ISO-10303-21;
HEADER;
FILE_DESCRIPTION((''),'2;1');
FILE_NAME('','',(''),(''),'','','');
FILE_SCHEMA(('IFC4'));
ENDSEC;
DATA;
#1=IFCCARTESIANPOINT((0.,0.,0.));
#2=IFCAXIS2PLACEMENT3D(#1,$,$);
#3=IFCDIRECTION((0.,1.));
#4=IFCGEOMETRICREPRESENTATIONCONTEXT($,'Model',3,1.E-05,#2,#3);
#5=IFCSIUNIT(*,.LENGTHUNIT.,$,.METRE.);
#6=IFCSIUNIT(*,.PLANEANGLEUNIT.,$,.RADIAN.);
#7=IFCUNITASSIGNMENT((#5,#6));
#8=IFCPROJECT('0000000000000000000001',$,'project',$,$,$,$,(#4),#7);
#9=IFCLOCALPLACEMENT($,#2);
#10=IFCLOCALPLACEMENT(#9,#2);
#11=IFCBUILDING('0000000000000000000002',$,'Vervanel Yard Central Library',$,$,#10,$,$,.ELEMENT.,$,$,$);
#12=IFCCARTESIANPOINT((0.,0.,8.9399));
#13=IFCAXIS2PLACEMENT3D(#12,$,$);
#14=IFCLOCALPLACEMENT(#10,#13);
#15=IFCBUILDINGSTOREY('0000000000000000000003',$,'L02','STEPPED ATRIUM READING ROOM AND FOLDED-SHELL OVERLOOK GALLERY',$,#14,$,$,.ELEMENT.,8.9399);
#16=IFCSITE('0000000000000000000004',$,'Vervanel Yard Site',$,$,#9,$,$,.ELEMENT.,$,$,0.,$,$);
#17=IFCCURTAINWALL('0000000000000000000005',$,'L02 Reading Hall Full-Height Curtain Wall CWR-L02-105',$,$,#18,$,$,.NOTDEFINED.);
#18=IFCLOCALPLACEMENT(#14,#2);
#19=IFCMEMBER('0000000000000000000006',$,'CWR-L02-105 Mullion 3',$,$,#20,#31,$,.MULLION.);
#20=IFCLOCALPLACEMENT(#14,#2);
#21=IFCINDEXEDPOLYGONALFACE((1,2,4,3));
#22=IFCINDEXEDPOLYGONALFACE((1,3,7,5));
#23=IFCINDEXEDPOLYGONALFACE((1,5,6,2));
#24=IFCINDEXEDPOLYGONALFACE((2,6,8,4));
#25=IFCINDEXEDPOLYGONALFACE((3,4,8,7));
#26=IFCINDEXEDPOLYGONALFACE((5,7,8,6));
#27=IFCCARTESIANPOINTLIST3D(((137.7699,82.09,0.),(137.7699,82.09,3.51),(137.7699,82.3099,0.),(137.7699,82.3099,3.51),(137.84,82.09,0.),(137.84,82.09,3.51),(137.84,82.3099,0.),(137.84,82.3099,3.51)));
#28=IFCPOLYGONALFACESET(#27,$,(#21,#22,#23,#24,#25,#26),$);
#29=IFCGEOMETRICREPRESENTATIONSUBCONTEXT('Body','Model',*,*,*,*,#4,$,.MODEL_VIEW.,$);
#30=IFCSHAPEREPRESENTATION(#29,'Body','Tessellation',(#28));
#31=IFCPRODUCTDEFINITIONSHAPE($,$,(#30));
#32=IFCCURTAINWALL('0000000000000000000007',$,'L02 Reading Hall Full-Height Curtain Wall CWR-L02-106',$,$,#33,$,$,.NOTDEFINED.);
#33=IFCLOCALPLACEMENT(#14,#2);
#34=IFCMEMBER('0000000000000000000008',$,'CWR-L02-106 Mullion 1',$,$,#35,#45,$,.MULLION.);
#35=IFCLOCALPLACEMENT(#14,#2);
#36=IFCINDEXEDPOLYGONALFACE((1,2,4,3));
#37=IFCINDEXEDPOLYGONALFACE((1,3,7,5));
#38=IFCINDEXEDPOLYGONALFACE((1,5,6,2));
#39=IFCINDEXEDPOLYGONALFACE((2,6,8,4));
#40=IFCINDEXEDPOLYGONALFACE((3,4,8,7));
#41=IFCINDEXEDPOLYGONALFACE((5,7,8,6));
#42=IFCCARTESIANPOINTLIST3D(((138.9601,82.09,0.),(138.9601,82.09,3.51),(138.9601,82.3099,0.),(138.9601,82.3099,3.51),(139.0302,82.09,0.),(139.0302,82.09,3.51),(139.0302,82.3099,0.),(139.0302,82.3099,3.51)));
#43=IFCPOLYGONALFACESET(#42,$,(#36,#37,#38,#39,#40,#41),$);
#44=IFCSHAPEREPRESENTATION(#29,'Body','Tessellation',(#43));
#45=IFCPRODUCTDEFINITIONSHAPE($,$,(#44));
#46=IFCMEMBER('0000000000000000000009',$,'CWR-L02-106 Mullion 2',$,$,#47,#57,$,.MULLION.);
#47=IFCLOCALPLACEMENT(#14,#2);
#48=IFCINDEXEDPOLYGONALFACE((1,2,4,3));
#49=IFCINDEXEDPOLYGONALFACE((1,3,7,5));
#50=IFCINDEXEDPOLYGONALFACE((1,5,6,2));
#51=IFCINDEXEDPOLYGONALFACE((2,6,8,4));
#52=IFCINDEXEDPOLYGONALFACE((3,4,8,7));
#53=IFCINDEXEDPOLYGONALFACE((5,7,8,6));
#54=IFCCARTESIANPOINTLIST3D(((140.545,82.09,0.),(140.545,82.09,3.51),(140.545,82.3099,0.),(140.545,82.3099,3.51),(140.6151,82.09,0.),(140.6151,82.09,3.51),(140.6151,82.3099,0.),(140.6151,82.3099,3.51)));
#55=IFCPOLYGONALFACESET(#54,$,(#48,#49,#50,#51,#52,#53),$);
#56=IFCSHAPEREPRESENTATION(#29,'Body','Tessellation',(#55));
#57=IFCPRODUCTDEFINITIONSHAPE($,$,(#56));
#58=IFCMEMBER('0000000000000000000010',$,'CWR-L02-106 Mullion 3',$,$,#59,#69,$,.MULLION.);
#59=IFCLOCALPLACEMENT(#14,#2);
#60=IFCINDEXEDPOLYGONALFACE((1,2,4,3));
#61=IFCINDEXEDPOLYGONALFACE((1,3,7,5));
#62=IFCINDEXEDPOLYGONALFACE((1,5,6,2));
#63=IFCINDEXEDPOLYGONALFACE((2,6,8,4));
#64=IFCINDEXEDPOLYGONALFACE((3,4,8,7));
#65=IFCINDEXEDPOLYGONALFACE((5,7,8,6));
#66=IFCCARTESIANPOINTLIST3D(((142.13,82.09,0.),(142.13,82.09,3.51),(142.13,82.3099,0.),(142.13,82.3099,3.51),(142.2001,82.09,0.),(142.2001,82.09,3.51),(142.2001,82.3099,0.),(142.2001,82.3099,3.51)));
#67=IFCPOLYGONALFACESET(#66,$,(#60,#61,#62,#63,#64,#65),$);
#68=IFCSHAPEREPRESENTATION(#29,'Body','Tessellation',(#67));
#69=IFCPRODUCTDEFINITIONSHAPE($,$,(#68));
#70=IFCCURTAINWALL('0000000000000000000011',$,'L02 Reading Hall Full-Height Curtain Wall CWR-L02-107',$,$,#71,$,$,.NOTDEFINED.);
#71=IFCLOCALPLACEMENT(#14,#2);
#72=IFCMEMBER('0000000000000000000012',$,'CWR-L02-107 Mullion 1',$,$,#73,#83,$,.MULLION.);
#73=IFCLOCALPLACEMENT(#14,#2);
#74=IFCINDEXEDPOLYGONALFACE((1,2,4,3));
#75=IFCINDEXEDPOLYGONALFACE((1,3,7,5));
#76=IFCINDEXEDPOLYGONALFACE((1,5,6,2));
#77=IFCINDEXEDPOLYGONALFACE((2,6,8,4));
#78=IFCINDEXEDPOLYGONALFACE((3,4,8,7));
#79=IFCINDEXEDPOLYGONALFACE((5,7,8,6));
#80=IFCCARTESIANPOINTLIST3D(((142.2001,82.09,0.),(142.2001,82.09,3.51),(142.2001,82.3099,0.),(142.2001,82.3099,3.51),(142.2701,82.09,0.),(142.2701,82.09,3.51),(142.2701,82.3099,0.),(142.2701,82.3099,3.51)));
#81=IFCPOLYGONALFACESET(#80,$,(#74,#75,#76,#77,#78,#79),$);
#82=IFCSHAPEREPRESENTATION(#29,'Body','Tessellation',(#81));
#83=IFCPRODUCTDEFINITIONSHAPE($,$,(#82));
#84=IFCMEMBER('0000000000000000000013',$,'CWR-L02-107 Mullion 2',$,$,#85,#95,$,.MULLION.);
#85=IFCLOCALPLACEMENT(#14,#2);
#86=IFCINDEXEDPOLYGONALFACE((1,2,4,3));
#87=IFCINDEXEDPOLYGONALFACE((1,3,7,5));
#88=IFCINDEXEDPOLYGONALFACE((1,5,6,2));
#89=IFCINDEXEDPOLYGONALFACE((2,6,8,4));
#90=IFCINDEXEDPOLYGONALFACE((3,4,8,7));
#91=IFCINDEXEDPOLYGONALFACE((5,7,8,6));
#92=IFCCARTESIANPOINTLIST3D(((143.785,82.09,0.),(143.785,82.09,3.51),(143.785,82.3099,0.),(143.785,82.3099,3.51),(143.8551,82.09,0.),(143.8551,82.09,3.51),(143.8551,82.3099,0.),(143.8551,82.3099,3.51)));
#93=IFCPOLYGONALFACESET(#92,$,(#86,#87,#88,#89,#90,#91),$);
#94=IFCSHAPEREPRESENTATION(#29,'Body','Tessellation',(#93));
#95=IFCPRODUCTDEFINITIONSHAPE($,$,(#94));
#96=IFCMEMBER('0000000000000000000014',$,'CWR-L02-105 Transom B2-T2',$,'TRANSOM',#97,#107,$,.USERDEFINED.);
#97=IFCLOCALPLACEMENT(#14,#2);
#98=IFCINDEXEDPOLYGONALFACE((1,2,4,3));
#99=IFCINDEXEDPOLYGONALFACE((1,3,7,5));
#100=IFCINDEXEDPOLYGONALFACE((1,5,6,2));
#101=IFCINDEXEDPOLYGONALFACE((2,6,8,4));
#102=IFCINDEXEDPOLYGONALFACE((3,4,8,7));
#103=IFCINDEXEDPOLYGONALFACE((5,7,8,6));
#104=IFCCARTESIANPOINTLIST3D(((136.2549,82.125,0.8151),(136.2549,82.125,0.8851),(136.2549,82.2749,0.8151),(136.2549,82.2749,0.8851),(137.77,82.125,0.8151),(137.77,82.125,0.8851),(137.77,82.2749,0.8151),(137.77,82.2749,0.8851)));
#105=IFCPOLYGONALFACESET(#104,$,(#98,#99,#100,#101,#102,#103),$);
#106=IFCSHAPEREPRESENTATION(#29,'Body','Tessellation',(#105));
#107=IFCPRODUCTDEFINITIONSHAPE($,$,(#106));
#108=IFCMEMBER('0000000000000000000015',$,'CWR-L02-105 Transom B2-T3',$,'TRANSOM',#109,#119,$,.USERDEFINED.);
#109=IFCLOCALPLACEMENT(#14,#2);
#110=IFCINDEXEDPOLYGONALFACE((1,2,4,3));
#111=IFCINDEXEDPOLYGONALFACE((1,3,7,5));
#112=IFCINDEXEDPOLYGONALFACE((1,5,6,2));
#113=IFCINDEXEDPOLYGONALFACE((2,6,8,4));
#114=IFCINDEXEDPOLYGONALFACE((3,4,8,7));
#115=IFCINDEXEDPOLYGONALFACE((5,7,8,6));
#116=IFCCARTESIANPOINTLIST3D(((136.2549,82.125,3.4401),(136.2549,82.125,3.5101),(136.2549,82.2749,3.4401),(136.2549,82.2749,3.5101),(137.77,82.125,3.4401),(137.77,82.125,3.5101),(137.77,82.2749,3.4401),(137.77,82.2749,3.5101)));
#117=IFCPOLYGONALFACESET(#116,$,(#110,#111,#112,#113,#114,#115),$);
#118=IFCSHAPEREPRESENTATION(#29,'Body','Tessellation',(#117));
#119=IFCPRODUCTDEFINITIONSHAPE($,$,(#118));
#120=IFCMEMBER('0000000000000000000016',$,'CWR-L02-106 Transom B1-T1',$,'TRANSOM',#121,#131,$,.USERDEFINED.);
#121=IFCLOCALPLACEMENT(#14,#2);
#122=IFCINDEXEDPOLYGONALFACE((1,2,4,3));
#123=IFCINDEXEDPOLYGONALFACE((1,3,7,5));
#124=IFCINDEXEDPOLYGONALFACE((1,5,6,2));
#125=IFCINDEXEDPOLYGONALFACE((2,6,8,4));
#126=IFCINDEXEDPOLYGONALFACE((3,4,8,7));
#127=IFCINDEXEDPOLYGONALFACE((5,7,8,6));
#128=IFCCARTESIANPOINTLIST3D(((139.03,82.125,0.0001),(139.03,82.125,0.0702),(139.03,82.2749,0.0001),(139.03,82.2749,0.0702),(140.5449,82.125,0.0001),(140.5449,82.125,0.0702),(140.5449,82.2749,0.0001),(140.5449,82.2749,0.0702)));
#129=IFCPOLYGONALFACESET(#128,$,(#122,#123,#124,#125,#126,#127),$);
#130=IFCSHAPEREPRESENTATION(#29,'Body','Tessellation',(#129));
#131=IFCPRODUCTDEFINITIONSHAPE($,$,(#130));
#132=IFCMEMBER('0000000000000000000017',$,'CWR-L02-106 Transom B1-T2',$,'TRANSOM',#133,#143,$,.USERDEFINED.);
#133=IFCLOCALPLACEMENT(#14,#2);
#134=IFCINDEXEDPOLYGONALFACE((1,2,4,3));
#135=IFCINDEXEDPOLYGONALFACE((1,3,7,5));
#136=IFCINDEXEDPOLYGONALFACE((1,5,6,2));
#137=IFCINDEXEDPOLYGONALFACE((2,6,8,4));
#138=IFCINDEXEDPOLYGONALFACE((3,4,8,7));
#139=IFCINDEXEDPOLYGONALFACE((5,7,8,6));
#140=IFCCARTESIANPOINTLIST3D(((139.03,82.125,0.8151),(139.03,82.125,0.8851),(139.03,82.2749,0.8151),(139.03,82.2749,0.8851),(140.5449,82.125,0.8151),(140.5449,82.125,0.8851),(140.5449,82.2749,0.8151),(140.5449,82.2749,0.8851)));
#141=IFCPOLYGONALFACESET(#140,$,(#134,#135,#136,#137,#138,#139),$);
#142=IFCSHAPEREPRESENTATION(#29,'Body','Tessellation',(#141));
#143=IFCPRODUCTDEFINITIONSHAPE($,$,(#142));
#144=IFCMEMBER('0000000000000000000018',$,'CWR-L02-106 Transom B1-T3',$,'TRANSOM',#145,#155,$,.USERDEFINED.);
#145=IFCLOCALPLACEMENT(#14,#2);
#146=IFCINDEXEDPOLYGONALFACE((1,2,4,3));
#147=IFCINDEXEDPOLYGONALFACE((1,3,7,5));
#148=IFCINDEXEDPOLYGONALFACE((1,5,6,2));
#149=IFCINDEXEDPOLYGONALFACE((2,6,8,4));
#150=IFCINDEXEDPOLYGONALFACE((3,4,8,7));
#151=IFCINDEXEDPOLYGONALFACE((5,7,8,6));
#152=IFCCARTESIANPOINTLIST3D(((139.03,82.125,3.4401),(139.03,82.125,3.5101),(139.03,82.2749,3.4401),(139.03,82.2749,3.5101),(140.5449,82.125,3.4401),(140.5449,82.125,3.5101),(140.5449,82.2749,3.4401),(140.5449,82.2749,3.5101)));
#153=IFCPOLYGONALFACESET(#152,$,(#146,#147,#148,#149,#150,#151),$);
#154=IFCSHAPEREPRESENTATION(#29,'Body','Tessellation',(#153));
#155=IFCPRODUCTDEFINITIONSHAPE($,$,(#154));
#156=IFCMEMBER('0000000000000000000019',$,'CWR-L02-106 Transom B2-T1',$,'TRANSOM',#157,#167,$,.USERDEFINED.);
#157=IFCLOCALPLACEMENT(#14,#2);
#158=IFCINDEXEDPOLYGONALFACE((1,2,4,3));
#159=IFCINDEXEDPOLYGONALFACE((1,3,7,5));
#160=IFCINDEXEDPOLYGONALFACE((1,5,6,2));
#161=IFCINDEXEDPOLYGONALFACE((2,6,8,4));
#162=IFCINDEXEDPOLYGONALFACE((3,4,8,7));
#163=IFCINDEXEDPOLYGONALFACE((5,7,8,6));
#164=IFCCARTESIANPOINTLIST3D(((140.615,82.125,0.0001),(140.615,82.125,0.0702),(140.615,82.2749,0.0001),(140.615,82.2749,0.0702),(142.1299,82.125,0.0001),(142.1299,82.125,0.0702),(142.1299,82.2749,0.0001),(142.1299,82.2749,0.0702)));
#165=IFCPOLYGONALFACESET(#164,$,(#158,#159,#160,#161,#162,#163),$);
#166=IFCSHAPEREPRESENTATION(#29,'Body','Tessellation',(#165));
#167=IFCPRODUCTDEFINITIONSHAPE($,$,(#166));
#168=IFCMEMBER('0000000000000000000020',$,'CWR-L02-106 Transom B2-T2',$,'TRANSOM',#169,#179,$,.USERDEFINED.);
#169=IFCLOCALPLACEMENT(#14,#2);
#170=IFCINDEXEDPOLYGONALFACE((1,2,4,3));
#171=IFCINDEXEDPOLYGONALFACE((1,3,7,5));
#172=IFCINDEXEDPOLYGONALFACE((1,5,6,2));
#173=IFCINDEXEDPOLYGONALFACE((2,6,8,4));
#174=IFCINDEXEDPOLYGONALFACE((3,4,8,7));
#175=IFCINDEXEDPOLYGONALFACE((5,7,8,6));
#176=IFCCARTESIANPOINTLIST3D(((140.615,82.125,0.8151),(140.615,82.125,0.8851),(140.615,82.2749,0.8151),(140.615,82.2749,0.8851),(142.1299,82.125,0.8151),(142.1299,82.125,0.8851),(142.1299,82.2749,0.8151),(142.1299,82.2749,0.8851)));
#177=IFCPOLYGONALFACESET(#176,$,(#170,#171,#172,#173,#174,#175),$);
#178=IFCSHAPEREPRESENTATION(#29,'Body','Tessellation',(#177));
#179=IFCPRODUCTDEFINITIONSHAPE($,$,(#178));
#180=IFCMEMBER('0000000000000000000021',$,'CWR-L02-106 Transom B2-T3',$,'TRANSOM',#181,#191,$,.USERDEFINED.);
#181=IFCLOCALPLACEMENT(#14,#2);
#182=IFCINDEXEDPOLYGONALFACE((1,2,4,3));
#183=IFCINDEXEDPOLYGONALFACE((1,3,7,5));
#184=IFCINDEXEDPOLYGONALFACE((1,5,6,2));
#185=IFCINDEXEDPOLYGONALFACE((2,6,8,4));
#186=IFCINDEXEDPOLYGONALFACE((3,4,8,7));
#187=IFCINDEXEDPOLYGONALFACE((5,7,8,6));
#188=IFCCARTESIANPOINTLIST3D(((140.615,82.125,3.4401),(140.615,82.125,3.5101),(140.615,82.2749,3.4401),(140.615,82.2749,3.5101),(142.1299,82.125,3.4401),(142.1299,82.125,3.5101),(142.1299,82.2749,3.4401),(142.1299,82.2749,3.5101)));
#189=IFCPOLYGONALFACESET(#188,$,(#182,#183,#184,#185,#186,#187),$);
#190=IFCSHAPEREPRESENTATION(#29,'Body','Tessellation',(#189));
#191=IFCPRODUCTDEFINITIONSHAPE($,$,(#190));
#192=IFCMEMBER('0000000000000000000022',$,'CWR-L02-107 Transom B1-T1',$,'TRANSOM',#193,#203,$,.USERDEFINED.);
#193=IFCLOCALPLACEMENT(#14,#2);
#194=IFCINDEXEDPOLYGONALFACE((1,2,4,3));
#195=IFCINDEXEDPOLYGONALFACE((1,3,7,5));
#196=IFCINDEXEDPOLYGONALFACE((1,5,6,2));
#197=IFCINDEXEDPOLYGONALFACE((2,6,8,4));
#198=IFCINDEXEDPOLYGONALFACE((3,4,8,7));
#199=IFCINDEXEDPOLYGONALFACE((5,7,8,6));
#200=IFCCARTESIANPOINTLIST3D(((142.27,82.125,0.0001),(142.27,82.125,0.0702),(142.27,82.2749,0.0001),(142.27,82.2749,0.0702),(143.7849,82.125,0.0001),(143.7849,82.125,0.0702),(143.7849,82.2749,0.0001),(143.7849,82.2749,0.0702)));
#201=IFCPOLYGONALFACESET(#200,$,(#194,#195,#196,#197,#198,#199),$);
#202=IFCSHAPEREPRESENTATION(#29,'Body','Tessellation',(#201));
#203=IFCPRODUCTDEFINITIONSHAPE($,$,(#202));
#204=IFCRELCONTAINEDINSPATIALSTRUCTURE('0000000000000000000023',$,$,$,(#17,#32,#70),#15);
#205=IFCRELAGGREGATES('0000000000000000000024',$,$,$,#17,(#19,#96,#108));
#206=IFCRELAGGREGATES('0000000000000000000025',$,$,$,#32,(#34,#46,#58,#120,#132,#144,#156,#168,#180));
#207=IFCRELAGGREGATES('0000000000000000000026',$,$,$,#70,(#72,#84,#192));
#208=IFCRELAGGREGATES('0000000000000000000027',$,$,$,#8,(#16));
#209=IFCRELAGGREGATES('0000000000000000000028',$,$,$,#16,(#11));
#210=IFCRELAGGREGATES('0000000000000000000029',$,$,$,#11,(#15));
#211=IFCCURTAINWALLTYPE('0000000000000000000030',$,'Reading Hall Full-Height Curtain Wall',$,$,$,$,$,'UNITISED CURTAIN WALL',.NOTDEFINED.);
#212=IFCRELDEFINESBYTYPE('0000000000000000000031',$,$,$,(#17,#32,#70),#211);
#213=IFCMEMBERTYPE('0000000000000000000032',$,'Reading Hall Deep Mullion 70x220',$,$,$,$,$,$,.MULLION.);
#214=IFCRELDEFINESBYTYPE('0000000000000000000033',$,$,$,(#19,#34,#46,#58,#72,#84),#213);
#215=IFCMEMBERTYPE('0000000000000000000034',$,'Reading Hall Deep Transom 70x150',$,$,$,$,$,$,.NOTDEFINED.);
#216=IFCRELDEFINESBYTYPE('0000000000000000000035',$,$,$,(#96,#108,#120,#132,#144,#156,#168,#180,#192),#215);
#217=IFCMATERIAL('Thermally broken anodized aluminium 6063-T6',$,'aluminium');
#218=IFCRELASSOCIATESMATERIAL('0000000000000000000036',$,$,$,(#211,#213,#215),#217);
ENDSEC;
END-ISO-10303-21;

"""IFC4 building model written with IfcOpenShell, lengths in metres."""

from ifc_helpers import new_model, si_unit, direction, frame, origin, origin_2d, place, context, subcontext, project, spatial, rectangle, extrude, material, material_profile, profile_set, type_object, element, aggregate, save


model = new_model("IFC4")

# Units and contexts
model_context = context("Model", 3, precision=1e-05, world=origin(), true_north=direction((0.0, 1.0)))
body_context = subcontext(model_context, "Body", "Model", "MODEL_VIEW")
ifc_project = project(units=[si_unit("LENGTHUNIT", "METRE"), si_unit("PLANEANGLEUNIT", "RADIAN")], contexts=[model_context])

# Site, building, storey
site_placement = place(None, origin())
site = spatial("IfcSite", under=ifc_project, at=site_placement, Name="Vervanel Yard Site", CompositionType="ELEMENT", RefElevation=0.0)
building_placement = place(site_placement, origin())
building = spatial("IfcBuilding", under=site, at=building_placement, Name="Vervanel Yard Central Library", CompositionType="ELEMENT")
storey_placement = place(building_placement, frame((0.0, 0.0, 8.9399)))
storey = spatial("IfcBuildingStorey", under=building, at=storey_placement, Name="L02", Description="STEPPED ATRIUM READING ROOM AND FOLDED-SHELL OVERLOOK GALLERY", CompositionType="ELEMENT", Elevation=8.9399)

# Curtain wall, member
ifc_material_1 = material(Name="Thermally broken anodized aluminium 6063-T6", Category="aluminium")
curtain_wall_type = type_object("IfcCurtainWallType", Name="Reading Hall Full-Height Curtain Wall", ElementType="UNITISED CURTAIN WALL", PredefinedType="NOTDEFINED", material=ifc_material_1)
curtain_wall_1_placement = place(storey_placement, origin())
curtain_wall_1 = element("IfcCurtainWall", 1, at=curtain_wall_1_placement, inside=storey, type_object=curtain_wall_type, Name="L02 Reading Hall Full-Height Curtain Wall CWR-L02-105", PredefinedType="NOTDEFINED")
ifc_material_profile_1 = material_profile(ifc_material_1, rectangle(XDim=0.0701, YDim=0.22, at=origin_2d()), Name="ALU 70x220", Category="aluminium")
ifc_profile_set_1 = profile_set([ifc_material_profile_1], Name="Thermally broken anodized aluminium 6063-T6")
member_type_1 = type_object("IfcMemberType", Name="Reading Hall Deep Mullion 70x220", PredefinedType="MULLION", material=ifc_profile_set_1)
member_1_placement = place(storey_placement, frame((137.8049, 82.2, 0.0), z_axis=(0.0, 0.0, 1.0), x_axis=(1.0, 0.0, 0.0)))
member_1 = element("IfcMember", 2, at=member_1_placement, type_object=member_type_1, Name="CWR-L02-105 Mullion 3", PredefinedType="MULLION", context=body_context, shape_type="SweptSolid", body=[
    extrude(rectangle(XDim=0.0701, YDim=0.22, at=origin_2d()), origin(), (0.0, 0.0, 1.0), 3.51),
])

# Curtain walls, members
curtain_wall_2_placement = place(storey_placement, origin())
curtain_wall_2 = element("IfcCurtainWall", 3, at=curtain_wall_2_placement, inside=storey, type_object=curtain_wall_type, Name="L02 Reading Hall Full-Height Curtain Wall CWR-L02-106", PredefinedType="NOTDEFINED")
member_2_placement = place(storey_placement, frame((138.9951, 82.2, 0.0), z_axis=(0.0, 0.0, 1.0), x_axis=(1.0, 0.0, 0.0)))
member_2 = element("IfcMember", 4, at=member_2_placement, type_object=member_type_1, Name="CWR-L02-106 Mullion 1", PredefinedType="MULLION", context=body_context, shape_type="SweptSolid", body=[
    extrude(rectangle(XDim=0.0701, YDim=0.22, at=origin_2d()), origin(), (0.0, 0.0, 1.0), 3.51),
])
member_3_placement = place(storey_placement, frame((140.5801, 82.2, 0.0), z_axis=(0.0, 0.0, 1.0), x_axis=(1.0, 0.0, 0.0)))
member_3 = element("IfcMember", 5, at=member_3_placement, type_object=member_type_1, Name="CWR-L02-106 Mullion 2", PredefinedType="MULLION", context=body_context, shape_type="SweptSolid", body=[
    extrude(rectangle(XDim=0.0701, YDim=0.22, at=origin_2d()), origin(), (0.0, 0.0, 1.0), 3.51),
])
member_4_placement = place(storey_placement, frame((142.165, 82.2, 0.0), z_axis=(0.0, 0.0, 1.0), x_axis=(1.0, 0.0, 0.0)))
member_4 = element("IfcMember", 6, at=member_4_placement, type_object=member_type_1, Name="CWR-L02-106 Mullion 3", PredefinedType="MULLION", context=body_context, shape_type="SweptSolid", body=[
    extrude(rectangle(XDim=0.0701, YDim=0.22, at=origin_2d()), origin(), (0.0, 0.0, 1.0), 3.51),
])
curtain_wall_3_placement = place(storey_placement, origin())
curtain_wall_3 = element("IfcCurtainWall", 7, at=curtain_wall_3_placement, inside=storey, type_object=curtain_wall_type, Name="L02 Reading Hall Full-Height Curtain Wall CWR-L02-107", PredefinedType="NOTDEFINED")
member_5_placement = place(storey_placement, frame((142.2351, 82.2, 0.0), z_axis=(0.0, 0.0, 1.0), x_axis=(1.0, 0.0, 0.0)))
member_5 = element("IfcMember", 8, at=member_5_placement, type_object=member_type_1, Name="CWR-L02-107 Mullion 1", PredefinedType="MULLION", context=body_context, shape_type="SweptSolid", body=[
    extrude(rectangle(XDim=0.0701, YDim=0.22, at=origin_2d()), origin(), (0.0, 0.0, 1.0), 3.51),
])
member_6_placement = place(storey_placement, frame((143.8201, 82.2, 0.0), z_axis=(0.0, 0.0, 1.0), x_axis=(1.0, 0.0, 0.0)))
member_6 = element("IfcMember", 9, at=member_6_placement, type_object=member_type_1, Name="CWR-L02-107 Mullion 2", PredefinedType="MULLION", context=body_context, shape_type="SweptSolid", body=[
    extrude(rectangle(XDim=0.0701, YDim=0.22, at=origin_2d()), origin(), (0.0, 0.0, 1.0), 3.51),
])

# Members
ifc_material_profile_2 = material_profile(ifc_material_1, rectangle(XDim=0.0701, YDim=0.1499, at=origin_2d()), Name="ALU 70x150", Category="aluminium")
ifc_profile_set_2 = profile_set([ifc_material_profile_2], Name="Thermally broken anodized aluminium 6063-T6")
member_type_2 = type_object("IfcMemberType", Name="Reading Hall Deep Transom 70x150", PredefinedType="NOTDEFINED", material=ifc_profile_set_2)
member_7_placement = place(storey_placement, frame((136.2549, 82.2, 0.8501), z_axis=(1.0, 0.0, 0.0), x_axis=(0.0, 0.0, 1.0)))
member_7 = element("IfcMember", 10, at=member_7_placement, type_object=member_type_2, Name="CWR-L02-105 Transom B2-T2", ObjectType="TRANSOM", PredefinedType="USERDEFINED", context=body_context, shape_type="SweptSolid", body=[
    extrude(rectangle(XDim=0.0701, YDim=0.1499, at=origin_2d()), origin(), (0.0, 0.0, 1.0), 1.5151),
])
member_8_placement = place(storey_placement, frame((136.2549, 82.2, 3.4751), z_axis=(1.0, 0.0, 0.0), x_axis=(0.0, 0.0, 1.0)))
member_8 = element("IfcMember", 11, at=member_8_placement, type_object=member_type_2, Name="CWR-L02-105 Transom B2-T3", ObjectType="TRANSOM", PredefinedType="USERDEFINED", context=body_context, shape_type="SweptSolid", body=[
    extrude(rectangle(XDim=0.0701, YDim=0.1499, at=origin_2d()), origin(), (0.0, 0.0, 1.0), 1.5151),
])
member_9_placement = place(storey_placement, frame((139.03, 82.2, 0.0352), z_axis=(1.0, 0.0, 0.0), x_axis=(0.0, 0.0, 1.0)))
member_9 = element("IfcMember", 12, at=member_9_placement, type_object=member_type_2, Name="CWR-L02-106 Transom B1-T1", ObjectType="TRANSOM", PredefinedType="USERDEFINED", context=body_context, shape_type="SweptSolid", body=[
    extrude(rectangle(XDim=0.0701, YDim=0.1499, at=origin_2d()), origin(), (0.0, 0.0, 1.0), 1.5149),
])
member_10_placement = place(storey_placement, frame((139.03, 82.2, 0.8501), z_axis=(1.0, 0.0, 0.0), x_axis=(0.0, 0.0, 1.0)))
member_10 = element("IfcMember", 13, at=member_10_placement, type_object=member_type_2, Name="CWR-L02-106 Transom B1-T2", ObjectType="TRANSOM", PredefinedType="USERDEFINED", context=body_context, shape_type="SweptSolid", body=[
    extrude(rectangle(XDim=0.0701, YDim=0.1499, at=origin_2d()), origin(), (0.0, 0.0, 1.0), 1.5149),
])
member_11_placement = place(storey_placement, frame((139.03, 82.2, 3.4751), z_axis=(1.0, 0.0, 0.0), x_axis=(0.0, 0.0, 1.0)))
member_11 = element("IfcMember", 14, at=member_11_placement, type_object=member_type_2, Name="CWR-L02-106 Transom B1-T3", ObjectType="TRANSOM", PredefinedType="USERDEFINED", context=body_context, shape_type="SweptSolid", body=[
    extrude(rectangle(XDim=0.0701, YDim=0.1499, at=origin_2d()), origin(), (0.0, 0.0, 1.0), 1.5149),
])
member_12_placement = place(storey_placement, frame((140.615, 82.2, 0.0352), z_axis=(1.0, 0.0, 0.0), x_axis=(0.0, 0.0, 1.0)))
member_12 = element("IfcMember", 15, at=member_12_placement, type_object=member_type_2, Name="CWR-L02-106 Transom B2-T1", ObjectType="TRANSOM", PredefinedType="USERDEFINED", context=body_context, shape_type="SweptSolid", body=[
    extrude(rectangle(XDim=0.0701, YDim=0.1499, at=origin_2d()), origin(), (0.0, 0.0, 1.0), 1.5149),
])
member_13_placement = place(storey_placement, frame((140.615, 82.2, 0.8501), z_axis=(1.0, 0.0, 0.0), x_axis=(0.0, 0.0, 1.0)))
member_13 = element("IfcMember", 16, at=member_13_placement, type_object=member_type_2, Name="CWR-L02-106 Transom B2-T2", ObjectType="TRANSOM", PredefinedType="USERDEFINED", context=body_context, shape_type="SweptSolid", body=[
    extrude(rectangle(XDim=0.0701, YDim=0.1499, at=origin_2d()), origin(), (0.0, 0.0, 1.0), 1.5149),
])
member_14_placement = place(storey_placement, frame((140.615, 82.2, 3.4751), z_axis=(1.0, 0.0, 0.0), x_axis=(0.0, 0.0, 1.0)))
member_14 = element("IfcMember", 17, at=member_14_placement, type_object=member_type_2, Name="CWR-L02-106 Transom B2-T3", ObjectType="TRANSOM", PredefinedType="USERDEFINED", context=body_context, shape_type="SweptSolid", body=[
    extrude(rectangle(XDim=0.0701, YDim=0.1499, at=origin_2d()), origin(), (0.0, 0.0, 1.0), 1.5149),
])
member_15_placement = place(storey_placement, frame((142.27, 82.2, 0.0352), z_axis=(1.0, 0.0, 0.0), x_axis=(0.0, 0.0, 1.0)))
member_15 = element("IfcMember", 18, at=member_15_placement, type_object=member_type_2, Name="CWR-L02-107 Transom B1-T1", ObjectType="TRANSOM", PredefinedType="USERDEFINED", context=body_context, shape_type="SweptSolid", body=[
    extrude(rectangle(XDim=0.0701, YDim=0.1499, at=origin_2d()), origin(), (0.0, 0.0, 1.0), 1.5149),
])

aggregate(curtain_wall_1, [member_1, member_7, member_8])
aggregate(curtain_wall_2, [member_2, member_3, member_4, member_9, member_10, member_11, member_12, member_13, member_14])
aggregate(curtain_wall_3, [member_5, member_6, member_15])

save(model, "model.ifc")
